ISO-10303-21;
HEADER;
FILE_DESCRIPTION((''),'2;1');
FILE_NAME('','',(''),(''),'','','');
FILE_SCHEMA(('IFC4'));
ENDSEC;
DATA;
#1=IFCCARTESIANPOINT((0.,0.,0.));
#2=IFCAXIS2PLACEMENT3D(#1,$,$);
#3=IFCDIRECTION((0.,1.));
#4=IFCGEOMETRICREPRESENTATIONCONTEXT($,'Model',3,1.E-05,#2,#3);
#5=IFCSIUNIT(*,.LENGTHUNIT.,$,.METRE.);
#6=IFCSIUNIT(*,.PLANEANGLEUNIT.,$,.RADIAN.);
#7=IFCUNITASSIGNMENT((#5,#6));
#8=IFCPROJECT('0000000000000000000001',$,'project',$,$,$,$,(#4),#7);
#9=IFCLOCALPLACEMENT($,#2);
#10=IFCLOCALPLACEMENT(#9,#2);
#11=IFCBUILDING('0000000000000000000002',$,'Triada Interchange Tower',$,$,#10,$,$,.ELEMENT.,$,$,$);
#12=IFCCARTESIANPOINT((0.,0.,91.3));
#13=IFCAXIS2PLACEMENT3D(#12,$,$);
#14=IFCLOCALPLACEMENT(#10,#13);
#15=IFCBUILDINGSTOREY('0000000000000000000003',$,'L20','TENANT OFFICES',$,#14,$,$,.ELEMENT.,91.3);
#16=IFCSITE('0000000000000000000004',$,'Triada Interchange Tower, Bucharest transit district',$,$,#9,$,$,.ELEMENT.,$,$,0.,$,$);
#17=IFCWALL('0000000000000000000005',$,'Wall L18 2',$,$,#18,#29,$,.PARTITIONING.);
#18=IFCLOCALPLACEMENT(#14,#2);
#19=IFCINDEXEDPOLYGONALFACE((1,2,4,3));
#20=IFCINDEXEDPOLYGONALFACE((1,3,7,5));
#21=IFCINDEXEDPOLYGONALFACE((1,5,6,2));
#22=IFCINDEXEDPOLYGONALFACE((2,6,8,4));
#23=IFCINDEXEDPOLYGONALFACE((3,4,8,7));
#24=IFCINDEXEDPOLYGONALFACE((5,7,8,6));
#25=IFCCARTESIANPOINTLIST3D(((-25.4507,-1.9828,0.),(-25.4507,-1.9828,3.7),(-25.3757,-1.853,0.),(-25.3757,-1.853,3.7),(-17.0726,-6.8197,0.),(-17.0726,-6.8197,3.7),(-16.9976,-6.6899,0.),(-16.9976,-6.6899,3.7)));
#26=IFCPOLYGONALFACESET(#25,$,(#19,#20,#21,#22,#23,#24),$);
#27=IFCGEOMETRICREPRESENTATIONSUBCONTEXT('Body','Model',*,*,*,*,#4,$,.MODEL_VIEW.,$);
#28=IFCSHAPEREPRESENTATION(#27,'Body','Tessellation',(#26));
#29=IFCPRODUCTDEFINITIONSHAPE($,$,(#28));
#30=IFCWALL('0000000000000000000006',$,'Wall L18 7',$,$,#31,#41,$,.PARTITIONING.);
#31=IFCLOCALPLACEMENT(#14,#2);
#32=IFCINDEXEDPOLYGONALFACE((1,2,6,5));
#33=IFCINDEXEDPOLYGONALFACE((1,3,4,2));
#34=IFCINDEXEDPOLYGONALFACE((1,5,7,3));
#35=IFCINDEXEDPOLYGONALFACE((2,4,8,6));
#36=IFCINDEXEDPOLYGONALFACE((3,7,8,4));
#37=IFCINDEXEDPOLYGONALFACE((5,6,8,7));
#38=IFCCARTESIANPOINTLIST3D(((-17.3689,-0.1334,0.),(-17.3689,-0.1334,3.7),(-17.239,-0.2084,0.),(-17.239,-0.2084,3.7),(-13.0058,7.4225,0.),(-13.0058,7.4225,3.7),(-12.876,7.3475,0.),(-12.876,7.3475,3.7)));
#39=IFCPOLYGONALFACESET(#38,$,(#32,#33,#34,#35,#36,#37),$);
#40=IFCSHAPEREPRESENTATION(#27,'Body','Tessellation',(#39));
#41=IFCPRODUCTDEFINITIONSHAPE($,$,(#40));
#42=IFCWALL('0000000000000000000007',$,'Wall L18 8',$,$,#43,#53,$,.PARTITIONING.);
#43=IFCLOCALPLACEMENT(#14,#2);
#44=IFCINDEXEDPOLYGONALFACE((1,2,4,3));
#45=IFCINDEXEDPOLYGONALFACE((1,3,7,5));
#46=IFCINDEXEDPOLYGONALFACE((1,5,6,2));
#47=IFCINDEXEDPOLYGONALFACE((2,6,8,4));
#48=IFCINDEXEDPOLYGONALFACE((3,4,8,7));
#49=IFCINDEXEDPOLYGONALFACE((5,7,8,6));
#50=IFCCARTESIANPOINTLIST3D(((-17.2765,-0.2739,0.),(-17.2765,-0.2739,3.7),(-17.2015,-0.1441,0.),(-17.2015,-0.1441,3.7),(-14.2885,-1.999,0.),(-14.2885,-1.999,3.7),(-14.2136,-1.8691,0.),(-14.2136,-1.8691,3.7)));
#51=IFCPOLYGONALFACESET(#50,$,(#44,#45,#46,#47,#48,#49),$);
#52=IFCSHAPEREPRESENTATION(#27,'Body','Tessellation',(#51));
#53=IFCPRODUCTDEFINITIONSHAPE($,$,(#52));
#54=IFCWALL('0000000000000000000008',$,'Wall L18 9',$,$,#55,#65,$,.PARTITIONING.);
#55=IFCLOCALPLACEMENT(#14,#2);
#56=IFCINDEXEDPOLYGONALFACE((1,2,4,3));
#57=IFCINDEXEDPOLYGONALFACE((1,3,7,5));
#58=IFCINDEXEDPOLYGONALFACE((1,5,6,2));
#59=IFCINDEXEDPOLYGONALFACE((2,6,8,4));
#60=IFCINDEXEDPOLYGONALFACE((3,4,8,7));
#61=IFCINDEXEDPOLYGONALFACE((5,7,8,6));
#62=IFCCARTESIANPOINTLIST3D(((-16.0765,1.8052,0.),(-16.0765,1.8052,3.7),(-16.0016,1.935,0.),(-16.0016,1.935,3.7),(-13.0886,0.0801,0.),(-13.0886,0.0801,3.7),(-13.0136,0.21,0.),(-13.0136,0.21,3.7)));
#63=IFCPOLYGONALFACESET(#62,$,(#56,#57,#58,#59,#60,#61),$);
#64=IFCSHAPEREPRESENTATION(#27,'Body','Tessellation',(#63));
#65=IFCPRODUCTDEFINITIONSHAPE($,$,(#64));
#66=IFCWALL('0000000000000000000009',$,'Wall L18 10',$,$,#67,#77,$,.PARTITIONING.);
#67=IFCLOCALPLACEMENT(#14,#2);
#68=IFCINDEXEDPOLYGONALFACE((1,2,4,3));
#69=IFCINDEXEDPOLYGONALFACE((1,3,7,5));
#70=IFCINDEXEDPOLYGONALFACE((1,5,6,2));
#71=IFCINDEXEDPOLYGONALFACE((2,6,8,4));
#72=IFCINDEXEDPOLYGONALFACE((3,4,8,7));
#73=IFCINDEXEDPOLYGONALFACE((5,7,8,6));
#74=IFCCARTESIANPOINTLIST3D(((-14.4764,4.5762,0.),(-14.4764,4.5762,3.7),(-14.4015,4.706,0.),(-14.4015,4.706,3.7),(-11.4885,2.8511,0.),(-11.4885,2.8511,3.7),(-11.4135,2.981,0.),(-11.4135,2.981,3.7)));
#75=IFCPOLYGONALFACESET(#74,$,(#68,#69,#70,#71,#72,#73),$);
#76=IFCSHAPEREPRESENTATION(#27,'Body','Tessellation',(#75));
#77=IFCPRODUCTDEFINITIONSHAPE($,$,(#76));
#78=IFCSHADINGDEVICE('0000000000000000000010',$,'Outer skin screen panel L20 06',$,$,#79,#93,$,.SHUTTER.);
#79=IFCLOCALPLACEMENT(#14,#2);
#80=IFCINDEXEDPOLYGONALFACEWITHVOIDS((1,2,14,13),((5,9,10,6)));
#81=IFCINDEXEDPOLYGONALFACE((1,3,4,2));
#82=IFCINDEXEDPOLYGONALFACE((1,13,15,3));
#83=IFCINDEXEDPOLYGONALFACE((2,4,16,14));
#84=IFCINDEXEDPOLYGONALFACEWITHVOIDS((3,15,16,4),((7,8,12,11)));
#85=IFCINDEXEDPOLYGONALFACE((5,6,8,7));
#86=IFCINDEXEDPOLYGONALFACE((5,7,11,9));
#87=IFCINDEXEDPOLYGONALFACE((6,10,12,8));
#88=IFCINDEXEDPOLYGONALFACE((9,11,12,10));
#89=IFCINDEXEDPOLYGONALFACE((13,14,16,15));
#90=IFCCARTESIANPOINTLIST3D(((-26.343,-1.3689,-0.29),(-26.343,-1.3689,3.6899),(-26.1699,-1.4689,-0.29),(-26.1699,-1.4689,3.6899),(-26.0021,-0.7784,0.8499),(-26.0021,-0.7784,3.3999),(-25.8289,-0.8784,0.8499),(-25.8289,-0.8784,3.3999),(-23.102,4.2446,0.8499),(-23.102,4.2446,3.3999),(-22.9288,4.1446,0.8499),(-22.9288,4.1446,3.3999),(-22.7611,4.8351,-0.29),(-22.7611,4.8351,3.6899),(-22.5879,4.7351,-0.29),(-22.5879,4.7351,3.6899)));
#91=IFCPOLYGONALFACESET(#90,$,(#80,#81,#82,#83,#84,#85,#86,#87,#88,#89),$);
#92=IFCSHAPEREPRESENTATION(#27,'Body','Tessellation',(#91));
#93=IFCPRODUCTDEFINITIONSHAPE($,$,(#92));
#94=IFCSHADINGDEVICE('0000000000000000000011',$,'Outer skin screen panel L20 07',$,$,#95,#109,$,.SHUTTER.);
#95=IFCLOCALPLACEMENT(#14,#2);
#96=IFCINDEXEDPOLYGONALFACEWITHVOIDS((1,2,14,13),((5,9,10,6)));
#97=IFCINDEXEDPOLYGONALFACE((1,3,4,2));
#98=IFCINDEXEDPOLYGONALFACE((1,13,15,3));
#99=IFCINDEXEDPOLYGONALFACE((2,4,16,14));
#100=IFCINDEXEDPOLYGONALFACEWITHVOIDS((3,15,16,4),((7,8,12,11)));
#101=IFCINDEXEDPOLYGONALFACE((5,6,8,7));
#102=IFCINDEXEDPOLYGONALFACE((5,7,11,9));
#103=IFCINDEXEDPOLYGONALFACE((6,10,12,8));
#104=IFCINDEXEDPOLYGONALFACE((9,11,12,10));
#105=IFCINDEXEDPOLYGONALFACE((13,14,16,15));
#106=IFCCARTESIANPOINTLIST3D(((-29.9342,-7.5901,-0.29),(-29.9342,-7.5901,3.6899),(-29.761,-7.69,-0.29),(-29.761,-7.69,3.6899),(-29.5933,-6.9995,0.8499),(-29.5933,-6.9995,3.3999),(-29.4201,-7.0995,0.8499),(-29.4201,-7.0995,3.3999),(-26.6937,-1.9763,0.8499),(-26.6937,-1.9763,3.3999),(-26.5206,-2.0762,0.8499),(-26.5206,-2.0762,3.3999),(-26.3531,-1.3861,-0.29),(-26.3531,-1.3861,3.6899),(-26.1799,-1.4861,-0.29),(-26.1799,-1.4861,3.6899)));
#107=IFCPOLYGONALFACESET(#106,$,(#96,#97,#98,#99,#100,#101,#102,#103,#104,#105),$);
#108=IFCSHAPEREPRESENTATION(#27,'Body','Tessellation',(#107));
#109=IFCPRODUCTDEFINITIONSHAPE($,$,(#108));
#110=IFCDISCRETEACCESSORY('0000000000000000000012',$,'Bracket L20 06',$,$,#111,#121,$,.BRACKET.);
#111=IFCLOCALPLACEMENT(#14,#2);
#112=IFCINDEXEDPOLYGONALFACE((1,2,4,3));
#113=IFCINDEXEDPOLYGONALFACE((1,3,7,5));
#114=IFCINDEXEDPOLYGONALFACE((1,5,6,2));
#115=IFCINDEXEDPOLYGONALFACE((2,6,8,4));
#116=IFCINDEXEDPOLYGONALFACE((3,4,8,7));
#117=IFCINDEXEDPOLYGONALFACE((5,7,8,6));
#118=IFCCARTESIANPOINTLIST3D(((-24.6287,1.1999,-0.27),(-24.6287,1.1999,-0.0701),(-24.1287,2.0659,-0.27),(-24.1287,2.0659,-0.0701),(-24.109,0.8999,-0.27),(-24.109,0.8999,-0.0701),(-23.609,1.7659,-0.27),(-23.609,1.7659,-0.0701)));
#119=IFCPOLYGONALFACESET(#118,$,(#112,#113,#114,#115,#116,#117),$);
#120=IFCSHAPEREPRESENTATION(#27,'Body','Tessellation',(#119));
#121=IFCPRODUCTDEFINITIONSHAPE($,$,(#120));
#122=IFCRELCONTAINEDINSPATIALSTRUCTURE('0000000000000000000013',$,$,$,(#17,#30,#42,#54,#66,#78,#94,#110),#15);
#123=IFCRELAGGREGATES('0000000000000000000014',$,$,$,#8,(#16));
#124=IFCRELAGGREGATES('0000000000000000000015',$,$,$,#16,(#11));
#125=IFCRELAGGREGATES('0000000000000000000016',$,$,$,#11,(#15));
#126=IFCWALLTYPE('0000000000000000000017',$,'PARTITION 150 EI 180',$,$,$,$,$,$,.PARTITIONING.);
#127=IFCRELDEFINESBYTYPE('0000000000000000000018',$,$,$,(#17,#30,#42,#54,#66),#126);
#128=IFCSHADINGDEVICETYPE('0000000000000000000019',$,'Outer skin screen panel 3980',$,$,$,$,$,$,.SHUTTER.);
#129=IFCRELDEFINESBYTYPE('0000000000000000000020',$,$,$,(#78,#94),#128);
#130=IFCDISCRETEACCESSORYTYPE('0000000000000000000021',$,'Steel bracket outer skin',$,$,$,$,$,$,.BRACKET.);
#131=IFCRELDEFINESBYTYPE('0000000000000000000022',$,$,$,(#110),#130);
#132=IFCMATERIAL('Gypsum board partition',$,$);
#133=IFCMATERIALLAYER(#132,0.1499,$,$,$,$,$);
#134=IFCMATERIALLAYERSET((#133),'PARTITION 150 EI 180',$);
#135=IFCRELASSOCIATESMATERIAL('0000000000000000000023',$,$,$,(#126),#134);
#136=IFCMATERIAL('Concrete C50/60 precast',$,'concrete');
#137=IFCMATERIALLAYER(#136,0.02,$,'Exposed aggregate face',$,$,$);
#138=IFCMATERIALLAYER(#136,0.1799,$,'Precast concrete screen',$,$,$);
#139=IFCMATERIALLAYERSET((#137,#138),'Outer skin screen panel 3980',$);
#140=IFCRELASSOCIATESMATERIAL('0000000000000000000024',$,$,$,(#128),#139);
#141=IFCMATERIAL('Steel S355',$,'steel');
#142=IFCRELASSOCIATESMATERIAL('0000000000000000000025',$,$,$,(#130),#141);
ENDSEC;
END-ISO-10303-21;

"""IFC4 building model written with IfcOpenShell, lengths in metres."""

from ifc_helpers import new_model, si_unit, direction, frame, frame_2d, origin, origin_2d, place, context, subcontext, project, spatial, polyline, rectangle, outline, extrude, material, layer, layer_set, type_object, element, save


model = new_model("IFC4")

# Units and contexts
model_context = context("Model", 3, precision=1e-05, world=origin(), true_north=direction((0.0, 1.0)))
body_context = subcontext(model_context, "Body", "Model", "MODEL_VIEW")
ifc_project = project(units=[si_unit("LENGTHUNIT", "METRE"), si_unit("PLANEANGLEUNIT", "RADIAN")], contexts=[model_context])

# Site, building, storey
site_placement = place(None, origin())
site = spatial("IfcSite", under=ifc_project, at=site_placement, Name="Triada Interchange Tower, Bucharest transit district", CompositionType="ELEMENT", RefElevation=0.0)
building_placement = place(site_placement, origin())
building = spatial("IfcBuilding", under=site, at=building_placement, Name="Triada Interchange Tower", CompositionType="ELEMENT")
storey_placement = place(building_placement, frame((0.0, 0.0, 91.3)))
storey = spatial("IfcBuildingStorey", under=building, at=storey_placement, Name="L20", Description="TENANT OFFICES", CompositionType="ELEMENT", Elevation=91.3)

# Walls
ifc_material_1 = material(Name="Gypsum board partition")
ifc_layer_1 = layer(ifc_material_1, 0.1499)
ifc_layer_set_1 = layer_set([ifc_layer_1], Name="PARTITION 150 EI 180")
wall_type_1 = type_object("IfcWallType", Name="PARTITION 150 EI 180", PredefinedType="PARTITIONING", material=ifc_layer_set_1)
wall_1_placement = place(storey_placement, frame((-25.4131, -1.918, 0.0), z_axis=(0.0, 0.0, 1.0), x_axis=(0.866036, -0.499982, 0.0)))
element("IfcWall", 1, at=wall_1_placement, inside=storey, type_object=wall_type_1, Name="Wall L18 2", PredefinedType="PARTITIONING", context=body_context, shape_type="SweptSolid", body=[
    extrude(rectangle(XDim=9.6741, YDim=0.1499, at=frame_2d((4.8369, 0.0))), origin(), (0.0, 0.0, 1.0), 3.7),
])
wall_2_placement = place(storey_placement, frame((-17.304, -0.1709, 0.0), z_axis=(0.0, 0.0, 1.0), x_axis=(0.500054, 0.865994, 0.0)))
element("IfcWall", 2, at=wall_2_placement, inside=storey, type_object=wall_type_1, Name="Wall L18 7", PredefinedType="PARTITIONING", context=body_context, shape_type="SweptSolid", body=[
    extrude(rectangle(XDim=8.7251, YDim=0.1499, at=frame_2d((4.3625, 0.0))), origin(), (0.0, 0.0, 1.0), 3.7),
])
for number, where, z_axis, x_axis, name in (
    (3, (-17.239, -0.209, 0.0), (0.0, 0.0, 1.0), (0.866031, -0.49999, 0.0), "Wall L18 8"),
    (4, (-16.0391, 1.8701, 0.0), (0.0, 0.0, 1.0), (0.866031, -0.49999, 0.0), "Wall L18 9"),
    (5, (-14.439, 4.6411, 0.0), (0.0, 0.0, 1.0), (0.866031, -0.49999, 0.0), "Wall L18 10"),
):
    element("IfcWall", number, at=place(storey_placement, frame(where, z_axis=z_axis, x_axis=x_axis)), inside=storey, type_object=wall_type_1, Name=name, PredefinedType="PARTITIONING", context=body_context, shape_type="SweptSolid", body=[
        extrude(rectangle(XDim=3.4502, YDim=0.1499, at=frame_2d((1.7251, 0.0))), origin(), (0.0, 0.0, 1.0), 3.7),
    ])

# Shading devices
ifc_material_2 = material(Name="Concrete C50/60 precast", Category="concrete")
ifc_layer_2 = layer(ifc_material_2, 0.02, Name="Exposed aggregate face")
ifc_layer_3 = layer(ifc_material_2, 0.1799, Name="Precast concrete screen")
ifc_layer_set_2 = layer_set([ifc_layer_2, ifc_layer_3], Name="Outer skin screen panel 3980")
shading_device_type = type_object("IfcShadingDeviceType", Name="Outer skin screen panel 3980", PredefinedType="SHUTTER", material=ifc_layer_set_2)
shading_device_1_placement = place(storey_placement, frame((-22.5879, 4.7351, -0.29), z_axis=(0.0, 0.0, 1.0), x_axis=(-0.50001, -0.86602, 0.0)))
element("IfcShadingDevice", 6, at=shading_device_1_placement, inside=storey, type_object=shading_device_type, Name="Outer skin screen panel L20 06", PredefinedType="SHUTTER", context=body_context, shape_type="SweptSolid", body=[
    extrude(outline(polyline([(0.0, 0.0), (7.1638, 0.0), (7.1638, 3.98), (0.0, 3.98), (0.0, 0.0)]), holes=[polyline([(0.6819, 1.1399), (0.6819, 3.6899), (6.4819, 3.6899), (6.4819, 1.1399), (0.6819, 1.1399)])]), frame((0.0, 0.0, 0.0), z_axis=(0.0, -1.0, 0.0), x_axis=(1.0, 0.0, 0.0)), (0.0, 0.0, 1.0), 0.2),
])
shading_device_2_placement = place(storey_placement, frame((-26.1799, -1.4861, -0.29), z_axis=(0.0, 0.0, 1.0), x_axis=(-0.499922, -0.86607, 0.0)))
element("IfcShadingDevice", 7, at=shading_device_2_placement, inside=storey, type_object=shading_device_type, Name="Outer skin screen panel L20 07", PredefinedType="SHUTTER", context=body_context, shape_type="SweptSolid", body=[
    extrude(outline(polyline([(0.0, 0.0), (7.1633, 0.0), (7.1633, 3.98), (0.0, 3.98), (0.0, 0.0)]), holes=[polyline([(0.6814, 1.1399), (0.6814, 3.6899), (6.4814, 3.6899), (6.4814, 1.1399), (0.6814, 1.1399)])]), frame((0.0, 0.0, 0.0), z_axis=(0.0, -1.0, 0.0), x_axis=(1.0, 0.0, 0.0)), (0.0, 0.0, 1.0), 0.2),
])

# Discrete accessory
ifc_material_3 = material(Name="Steel S355", Category="steel")
discrete_accessory_type = type_object("IfcDiscreteAccessoryType", Name="Steel bracket outer skin", PredefinedType="BRACKET", material=ifc_material_3)
discrete_accessory_placement = place(storey_placement, frame((-24.1189, 1.4829, -0.27), z_axis=(0.0, 0.0, 1.0), x_axis=(-0.866025, 0.5, 0.0)))
element("IfcDiscreteAccessory", 8, at=discrete_accessory_placement, inside=storey, type_object=discrete_accessory_type, Name="Bracket L20 06", PredefinedType="BRACKET", context=body_context, shape_type="SweptSolid", body=[
    extrude(rectangle(XDim=0.6001, YDim=1.0, at=origin_2d()), origin(), (0.0, 0.0, 1.0), 0.2),
])

save(model, "model.ifc")
